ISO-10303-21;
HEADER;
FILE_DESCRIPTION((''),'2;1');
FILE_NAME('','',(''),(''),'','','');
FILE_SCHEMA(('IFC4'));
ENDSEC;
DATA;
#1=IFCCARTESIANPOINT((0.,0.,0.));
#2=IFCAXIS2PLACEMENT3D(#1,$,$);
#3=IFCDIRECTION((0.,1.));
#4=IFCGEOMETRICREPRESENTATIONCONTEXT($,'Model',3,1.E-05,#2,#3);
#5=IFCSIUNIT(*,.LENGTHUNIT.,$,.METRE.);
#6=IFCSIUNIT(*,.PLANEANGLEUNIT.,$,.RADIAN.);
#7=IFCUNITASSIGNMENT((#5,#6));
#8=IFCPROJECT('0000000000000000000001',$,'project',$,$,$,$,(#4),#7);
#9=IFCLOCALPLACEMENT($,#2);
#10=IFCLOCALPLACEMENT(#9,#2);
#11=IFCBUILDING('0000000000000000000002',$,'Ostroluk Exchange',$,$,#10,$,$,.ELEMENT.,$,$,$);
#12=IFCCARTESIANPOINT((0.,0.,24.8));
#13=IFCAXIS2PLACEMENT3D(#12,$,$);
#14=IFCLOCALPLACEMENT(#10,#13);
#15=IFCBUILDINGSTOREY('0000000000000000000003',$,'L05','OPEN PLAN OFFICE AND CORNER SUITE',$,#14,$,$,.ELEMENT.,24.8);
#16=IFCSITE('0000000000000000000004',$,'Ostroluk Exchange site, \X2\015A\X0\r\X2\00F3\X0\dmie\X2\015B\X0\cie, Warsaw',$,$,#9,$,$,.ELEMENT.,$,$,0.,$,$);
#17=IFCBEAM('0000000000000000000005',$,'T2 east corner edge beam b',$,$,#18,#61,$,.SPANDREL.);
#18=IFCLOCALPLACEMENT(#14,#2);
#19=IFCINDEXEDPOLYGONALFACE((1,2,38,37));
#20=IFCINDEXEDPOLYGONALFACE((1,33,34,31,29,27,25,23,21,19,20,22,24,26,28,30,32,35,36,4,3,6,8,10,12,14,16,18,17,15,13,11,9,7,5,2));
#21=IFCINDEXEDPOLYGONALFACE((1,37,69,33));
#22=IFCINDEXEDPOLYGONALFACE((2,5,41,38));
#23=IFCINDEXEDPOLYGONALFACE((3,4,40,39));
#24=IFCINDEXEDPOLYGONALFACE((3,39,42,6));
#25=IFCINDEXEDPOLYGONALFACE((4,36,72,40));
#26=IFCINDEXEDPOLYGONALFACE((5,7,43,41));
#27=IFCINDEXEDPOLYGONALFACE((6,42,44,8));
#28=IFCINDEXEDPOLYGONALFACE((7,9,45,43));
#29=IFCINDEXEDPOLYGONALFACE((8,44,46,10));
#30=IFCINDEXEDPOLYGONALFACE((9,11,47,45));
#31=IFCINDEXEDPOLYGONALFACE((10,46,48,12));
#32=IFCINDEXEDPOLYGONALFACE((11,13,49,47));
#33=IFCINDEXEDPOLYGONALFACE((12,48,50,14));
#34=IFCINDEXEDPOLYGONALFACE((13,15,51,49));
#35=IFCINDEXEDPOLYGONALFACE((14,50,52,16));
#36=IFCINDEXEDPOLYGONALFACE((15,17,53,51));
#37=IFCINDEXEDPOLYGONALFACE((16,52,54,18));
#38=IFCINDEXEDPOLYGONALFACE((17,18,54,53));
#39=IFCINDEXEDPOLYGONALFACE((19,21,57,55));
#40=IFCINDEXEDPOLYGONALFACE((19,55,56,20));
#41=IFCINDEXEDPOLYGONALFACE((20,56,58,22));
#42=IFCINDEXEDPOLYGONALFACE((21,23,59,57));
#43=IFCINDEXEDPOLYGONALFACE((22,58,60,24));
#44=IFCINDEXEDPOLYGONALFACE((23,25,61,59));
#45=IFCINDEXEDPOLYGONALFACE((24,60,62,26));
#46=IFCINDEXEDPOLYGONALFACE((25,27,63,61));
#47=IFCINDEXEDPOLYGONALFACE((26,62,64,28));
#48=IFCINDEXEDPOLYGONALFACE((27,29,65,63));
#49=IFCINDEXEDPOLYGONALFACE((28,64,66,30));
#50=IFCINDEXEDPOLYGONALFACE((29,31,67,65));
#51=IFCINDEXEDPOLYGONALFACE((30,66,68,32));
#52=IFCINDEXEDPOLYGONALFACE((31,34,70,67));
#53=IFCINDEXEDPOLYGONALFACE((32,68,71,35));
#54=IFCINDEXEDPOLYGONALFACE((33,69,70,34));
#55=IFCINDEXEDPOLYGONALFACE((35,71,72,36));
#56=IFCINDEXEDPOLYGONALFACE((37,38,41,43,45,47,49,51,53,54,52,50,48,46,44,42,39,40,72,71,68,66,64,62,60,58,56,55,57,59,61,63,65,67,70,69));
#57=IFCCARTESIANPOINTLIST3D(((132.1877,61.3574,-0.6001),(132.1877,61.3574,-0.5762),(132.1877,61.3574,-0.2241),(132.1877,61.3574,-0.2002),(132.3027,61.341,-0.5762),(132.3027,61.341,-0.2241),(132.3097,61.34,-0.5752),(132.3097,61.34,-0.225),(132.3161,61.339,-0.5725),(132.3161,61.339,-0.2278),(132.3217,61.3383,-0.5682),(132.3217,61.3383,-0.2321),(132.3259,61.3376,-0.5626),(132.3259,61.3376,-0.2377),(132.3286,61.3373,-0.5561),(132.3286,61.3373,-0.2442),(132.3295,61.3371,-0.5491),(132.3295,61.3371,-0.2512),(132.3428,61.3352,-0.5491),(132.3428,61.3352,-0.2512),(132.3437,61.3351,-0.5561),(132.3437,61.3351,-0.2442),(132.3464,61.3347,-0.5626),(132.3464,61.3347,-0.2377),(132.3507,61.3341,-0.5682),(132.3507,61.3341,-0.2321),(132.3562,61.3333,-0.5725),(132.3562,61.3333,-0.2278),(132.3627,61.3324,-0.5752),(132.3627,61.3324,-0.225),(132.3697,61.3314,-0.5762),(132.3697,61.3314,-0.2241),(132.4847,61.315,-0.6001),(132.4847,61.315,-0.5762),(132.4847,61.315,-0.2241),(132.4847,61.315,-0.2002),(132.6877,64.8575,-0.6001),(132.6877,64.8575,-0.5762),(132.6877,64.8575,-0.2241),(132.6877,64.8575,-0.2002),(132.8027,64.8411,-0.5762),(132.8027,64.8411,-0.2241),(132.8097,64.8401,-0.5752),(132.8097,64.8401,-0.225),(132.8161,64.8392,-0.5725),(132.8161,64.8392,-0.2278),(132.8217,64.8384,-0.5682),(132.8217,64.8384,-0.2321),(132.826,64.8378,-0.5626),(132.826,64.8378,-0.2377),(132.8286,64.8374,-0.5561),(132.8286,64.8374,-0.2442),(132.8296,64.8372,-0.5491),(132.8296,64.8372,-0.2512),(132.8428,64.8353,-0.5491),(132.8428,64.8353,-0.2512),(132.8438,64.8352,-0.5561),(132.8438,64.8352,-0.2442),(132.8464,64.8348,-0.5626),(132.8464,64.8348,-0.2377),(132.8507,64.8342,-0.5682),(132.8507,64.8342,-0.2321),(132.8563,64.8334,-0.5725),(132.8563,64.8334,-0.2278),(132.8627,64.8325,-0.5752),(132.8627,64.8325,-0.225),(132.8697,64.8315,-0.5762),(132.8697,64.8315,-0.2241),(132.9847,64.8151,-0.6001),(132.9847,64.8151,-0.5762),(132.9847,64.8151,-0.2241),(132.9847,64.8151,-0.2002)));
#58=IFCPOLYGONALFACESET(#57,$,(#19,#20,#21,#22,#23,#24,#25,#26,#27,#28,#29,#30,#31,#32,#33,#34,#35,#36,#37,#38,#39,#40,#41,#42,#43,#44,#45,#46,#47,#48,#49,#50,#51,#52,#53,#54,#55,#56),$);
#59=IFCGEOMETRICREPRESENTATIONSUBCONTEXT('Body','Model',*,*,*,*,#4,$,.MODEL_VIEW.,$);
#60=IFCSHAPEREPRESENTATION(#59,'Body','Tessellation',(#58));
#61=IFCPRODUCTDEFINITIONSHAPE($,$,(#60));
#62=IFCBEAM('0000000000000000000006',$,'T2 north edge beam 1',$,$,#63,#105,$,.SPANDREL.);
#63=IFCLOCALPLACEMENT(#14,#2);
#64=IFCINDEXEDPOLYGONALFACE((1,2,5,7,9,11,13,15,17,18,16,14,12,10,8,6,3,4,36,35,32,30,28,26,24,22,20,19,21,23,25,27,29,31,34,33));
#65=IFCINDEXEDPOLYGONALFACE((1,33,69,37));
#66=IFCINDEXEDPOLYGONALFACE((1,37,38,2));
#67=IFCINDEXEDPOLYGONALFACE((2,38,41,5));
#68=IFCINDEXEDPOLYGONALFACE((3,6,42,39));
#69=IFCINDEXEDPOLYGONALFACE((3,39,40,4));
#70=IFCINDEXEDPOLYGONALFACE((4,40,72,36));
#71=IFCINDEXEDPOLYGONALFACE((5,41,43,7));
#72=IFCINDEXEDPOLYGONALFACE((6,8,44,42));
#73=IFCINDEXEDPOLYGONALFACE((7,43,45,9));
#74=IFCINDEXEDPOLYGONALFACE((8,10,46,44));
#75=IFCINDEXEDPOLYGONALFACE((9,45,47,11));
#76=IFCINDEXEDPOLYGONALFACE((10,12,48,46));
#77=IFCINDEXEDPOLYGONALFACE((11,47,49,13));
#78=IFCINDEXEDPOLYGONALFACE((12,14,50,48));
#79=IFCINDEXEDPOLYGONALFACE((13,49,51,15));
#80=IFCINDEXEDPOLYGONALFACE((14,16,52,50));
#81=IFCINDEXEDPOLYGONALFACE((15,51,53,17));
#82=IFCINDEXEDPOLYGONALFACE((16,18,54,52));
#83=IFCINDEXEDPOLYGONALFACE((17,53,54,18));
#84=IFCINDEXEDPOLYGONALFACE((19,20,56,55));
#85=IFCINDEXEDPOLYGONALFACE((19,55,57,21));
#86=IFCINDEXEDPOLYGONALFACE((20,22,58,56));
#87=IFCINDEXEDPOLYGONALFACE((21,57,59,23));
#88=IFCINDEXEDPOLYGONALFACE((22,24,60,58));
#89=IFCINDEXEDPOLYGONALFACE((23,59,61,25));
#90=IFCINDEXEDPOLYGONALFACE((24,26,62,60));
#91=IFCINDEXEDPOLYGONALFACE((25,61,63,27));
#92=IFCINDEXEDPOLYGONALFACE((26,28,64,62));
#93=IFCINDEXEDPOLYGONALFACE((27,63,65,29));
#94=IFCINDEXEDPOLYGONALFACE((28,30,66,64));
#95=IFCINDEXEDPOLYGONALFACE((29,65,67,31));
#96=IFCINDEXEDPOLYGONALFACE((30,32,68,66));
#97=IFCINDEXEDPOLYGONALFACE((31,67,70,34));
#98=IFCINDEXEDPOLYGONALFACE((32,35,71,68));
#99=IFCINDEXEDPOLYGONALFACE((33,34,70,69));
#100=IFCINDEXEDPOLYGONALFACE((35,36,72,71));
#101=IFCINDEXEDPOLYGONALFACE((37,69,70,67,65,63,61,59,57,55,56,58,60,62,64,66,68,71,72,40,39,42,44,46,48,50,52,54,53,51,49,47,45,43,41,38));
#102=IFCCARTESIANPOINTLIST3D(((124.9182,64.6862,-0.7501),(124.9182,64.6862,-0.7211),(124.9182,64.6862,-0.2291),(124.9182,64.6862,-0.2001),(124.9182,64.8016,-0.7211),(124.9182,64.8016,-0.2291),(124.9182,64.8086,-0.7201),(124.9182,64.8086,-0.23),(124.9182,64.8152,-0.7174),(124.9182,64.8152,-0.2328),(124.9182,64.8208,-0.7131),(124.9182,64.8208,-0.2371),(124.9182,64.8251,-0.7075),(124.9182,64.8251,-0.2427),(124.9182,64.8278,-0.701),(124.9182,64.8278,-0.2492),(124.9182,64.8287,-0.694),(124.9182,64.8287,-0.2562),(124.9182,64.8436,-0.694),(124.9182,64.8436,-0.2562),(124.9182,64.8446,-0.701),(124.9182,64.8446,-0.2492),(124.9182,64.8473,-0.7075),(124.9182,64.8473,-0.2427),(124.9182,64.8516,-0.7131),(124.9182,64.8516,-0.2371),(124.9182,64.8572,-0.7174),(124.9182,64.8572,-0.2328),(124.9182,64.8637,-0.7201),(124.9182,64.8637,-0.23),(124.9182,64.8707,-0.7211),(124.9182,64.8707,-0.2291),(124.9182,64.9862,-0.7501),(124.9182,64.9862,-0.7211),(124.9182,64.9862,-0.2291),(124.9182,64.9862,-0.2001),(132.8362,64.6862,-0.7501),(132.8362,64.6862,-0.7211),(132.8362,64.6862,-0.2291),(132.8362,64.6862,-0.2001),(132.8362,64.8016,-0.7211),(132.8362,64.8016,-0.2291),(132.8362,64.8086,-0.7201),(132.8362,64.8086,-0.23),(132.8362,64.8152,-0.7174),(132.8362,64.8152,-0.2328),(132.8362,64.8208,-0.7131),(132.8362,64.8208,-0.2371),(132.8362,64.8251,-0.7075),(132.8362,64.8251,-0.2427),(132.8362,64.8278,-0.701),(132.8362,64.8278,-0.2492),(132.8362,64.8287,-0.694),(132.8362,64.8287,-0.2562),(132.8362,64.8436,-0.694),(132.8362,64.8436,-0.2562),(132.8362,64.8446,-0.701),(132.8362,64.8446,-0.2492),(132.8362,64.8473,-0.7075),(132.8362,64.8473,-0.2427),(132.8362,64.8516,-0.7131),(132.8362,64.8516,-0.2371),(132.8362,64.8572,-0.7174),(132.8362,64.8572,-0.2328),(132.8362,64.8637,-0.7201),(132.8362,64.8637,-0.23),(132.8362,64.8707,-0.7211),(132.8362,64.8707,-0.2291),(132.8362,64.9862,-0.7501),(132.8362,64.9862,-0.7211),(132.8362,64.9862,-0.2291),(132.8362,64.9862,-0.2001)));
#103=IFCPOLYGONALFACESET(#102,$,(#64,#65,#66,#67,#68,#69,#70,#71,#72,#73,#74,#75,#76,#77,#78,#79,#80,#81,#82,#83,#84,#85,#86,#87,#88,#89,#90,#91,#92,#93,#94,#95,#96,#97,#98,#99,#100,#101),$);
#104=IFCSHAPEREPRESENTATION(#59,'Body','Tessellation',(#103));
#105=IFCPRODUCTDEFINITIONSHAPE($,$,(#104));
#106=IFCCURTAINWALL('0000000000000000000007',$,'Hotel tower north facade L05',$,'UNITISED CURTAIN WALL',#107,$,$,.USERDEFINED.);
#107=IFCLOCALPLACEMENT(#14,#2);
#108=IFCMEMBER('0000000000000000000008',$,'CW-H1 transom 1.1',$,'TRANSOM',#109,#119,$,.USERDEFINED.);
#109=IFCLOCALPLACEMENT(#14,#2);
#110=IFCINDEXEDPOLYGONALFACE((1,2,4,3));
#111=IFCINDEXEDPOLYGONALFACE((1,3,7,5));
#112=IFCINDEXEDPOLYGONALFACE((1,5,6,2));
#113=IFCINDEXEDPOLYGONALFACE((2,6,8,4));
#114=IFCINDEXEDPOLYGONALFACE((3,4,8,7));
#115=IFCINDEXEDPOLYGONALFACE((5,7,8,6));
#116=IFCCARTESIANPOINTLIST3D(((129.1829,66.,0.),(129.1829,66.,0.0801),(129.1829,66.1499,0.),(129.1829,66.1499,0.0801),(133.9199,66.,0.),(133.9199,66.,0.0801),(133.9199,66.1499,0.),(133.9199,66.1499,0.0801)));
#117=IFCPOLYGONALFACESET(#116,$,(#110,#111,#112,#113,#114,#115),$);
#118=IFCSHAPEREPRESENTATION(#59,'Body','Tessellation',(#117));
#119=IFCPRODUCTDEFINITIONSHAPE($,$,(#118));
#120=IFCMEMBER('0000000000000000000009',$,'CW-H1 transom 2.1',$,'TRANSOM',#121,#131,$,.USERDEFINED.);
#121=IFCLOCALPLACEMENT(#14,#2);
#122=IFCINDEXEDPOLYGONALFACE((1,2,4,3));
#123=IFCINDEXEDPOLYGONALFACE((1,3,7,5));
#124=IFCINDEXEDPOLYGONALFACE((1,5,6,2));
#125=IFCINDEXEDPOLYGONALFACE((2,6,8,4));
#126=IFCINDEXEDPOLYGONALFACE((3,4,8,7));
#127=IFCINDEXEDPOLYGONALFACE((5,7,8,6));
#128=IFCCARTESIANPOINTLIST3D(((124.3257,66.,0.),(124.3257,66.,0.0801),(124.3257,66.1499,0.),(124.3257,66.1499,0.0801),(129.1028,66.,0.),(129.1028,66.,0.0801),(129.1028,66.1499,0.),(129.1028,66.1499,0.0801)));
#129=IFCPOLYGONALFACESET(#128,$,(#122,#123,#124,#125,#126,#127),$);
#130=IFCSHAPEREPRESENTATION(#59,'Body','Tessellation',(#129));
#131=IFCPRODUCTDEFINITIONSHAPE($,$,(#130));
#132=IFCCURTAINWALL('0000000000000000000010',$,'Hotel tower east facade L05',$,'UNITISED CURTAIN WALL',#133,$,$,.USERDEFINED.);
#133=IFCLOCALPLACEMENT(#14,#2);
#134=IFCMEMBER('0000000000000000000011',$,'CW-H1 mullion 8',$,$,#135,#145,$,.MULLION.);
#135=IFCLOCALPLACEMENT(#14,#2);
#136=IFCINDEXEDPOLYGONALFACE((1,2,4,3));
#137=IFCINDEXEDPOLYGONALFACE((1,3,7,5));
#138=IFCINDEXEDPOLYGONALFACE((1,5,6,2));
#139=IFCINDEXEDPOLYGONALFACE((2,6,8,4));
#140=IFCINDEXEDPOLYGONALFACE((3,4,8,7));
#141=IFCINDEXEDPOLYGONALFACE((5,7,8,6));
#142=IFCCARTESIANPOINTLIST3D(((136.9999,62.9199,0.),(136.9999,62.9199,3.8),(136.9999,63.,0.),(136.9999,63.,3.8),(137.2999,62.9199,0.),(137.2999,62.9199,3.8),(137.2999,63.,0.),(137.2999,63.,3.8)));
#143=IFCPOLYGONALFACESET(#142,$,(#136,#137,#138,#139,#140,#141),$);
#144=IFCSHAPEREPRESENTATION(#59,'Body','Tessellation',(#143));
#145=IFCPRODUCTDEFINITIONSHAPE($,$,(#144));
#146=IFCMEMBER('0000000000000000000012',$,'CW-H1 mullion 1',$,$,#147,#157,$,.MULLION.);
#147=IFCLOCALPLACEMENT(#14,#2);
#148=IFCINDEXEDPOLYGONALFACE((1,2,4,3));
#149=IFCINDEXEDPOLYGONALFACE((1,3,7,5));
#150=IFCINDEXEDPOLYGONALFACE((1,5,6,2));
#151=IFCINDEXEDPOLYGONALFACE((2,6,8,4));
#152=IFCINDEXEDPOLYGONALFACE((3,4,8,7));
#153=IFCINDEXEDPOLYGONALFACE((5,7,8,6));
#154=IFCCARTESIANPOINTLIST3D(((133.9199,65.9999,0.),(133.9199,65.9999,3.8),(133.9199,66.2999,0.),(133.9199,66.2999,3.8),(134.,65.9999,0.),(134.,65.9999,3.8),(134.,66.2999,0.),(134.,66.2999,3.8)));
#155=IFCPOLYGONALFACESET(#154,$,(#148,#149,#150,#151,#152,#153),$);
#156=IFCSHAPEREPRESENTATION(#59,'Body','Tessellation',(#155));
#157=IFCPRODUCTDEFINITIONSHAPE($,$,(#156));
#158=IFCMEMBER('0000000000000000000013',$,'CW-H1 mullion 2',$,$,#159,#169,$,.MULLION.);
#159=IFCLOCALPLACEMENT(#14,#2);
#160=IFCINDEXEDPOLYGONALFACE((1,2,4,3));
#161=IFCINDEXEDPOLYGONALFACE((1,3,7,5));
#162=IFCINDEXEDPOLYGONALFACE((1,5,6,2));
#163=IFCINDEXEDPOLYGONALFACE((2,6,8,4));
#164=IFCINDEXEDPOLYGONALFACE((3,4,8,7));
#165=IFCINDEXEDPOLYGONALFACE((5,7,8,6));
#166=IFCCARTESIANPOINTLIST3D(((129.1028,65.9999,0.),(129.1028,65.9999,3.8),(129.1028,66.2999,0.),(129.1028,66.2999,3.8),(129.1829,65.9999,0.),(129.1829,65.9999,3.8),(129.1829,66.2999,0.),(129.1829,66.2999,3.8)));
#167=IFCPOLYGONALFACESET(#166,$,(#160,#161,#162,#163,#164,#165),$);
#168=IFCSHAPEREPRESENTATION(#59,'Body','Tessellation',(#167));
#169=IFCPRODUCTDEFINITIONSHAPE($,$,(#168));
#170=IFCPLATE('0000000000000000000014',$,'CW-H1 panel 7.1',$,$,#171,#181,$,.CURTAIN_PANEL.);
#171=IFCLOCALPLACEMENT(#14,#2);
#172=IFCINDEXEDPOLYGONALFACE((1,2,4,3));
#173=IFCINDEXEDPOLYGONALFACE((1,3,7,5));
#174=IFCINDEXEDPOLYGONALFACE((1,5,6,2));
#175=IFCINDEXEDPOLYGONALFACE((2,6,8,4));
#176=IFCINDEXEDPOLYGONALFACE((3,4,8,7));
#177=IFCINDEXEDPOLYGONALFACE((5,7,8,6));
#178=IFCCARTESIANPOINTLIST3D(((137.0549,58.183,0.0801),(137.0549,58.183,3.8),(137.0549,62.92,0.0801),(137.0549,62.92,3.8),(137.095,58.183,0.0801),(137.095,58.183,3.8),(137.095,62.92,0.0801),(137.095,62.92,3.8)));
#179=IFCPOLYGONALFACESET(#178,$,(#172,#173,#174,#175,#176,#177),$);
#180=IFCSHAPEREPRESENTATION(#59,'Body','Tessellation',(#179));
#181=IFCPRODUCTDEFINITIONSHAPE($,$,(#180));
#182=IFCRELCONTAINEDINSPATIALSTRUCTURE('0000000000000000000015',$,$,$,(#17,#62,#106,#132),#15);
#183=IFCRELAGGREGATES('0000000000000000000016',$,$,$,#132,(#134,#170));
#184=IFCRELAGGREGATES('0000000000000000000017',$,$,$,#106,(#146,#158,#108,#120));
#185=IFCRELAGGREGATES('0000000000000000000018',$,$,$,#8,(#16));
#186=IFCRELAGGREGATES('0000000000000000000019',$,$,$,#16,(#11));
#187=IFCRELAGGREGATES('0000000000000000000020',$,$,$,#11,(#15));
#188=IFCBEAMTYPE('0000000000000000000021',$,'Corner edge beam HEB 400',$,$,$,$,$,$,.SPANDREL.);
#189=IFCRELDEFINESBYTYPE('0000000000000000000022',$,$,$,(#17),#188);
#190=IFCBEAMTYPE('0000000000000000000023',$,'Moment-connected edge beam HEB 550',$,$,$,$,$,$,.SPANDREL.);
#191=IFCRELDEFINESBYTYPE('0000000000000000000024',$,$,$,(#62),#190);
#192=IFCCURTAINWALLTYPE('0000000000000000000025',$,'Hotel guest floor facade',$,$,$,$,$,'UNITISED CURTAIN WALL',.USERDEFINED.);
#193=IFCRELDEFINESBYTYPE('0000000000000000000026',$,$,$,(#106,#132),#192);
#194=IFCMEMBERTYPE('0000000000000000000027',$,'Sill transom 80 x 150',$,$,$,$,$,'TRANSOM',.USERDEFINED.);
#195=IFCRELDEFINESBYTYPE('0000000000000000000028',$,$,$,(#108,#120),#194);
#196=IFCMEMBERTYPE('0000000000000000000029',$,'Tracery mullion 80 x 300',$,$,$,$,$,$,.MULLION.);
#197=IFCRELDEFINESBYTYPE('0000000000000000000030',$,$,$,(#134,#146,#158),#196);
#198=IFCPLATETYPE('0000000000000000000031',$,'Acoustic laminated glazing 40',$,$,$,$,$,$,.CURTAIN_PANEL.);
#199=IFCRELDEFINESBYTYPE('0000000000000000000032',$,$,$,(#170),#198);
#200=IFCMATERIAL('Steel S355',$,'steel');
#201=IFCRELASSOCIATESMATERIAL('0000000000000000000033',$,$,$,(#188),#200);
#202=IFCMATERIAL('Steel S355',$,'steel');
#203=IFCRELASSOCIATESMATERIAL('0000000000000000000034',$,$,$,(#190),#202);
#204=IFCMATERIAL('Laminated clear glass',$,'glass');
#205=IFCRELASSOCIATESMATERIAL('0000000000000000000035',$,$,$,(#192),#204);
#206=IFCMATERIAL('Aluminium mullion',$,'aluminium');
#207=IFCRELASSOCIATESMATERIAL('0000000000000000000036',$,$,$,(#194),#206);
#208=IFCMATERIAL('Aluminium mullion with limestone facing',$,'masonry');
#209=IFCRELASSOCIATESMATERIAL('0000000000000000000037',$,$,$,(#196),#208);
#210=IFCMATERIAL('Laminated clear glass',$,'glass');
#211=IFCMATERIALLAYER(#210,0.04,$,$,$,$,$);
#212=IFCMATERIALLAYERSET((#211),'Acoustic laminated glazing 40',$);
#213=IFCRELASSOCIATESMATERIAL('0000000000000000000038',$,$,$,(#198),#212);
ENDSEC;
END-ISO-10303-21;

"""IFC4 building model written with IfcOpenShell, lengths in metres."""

from ifc_helpers import new_model, si_unit, direction, frame, origin, origin_2d, place, context, subcontext, project, spatial, rectangle, i_section, extrude, material, layer, layer_set, material_profile, profile_set, type_object, element, aggregate, save


model = new_model("IFC4")

# Units and contexts
model_context = context("Model", 3, precision=1e-05, world=origin(), true_north=direction((0.0, 1.0)))
body_context = subcontext(model_context, "Body", "Model", "MODEL_VIEW")
ifc_project = project(units=[si_unit("LENGTHUNIT", "METRE"), si_unit("PLANEANGLEUNIT", "RADIAN")], contexts=[model_context])

# Site, building, storey
site_placement = place(None, origin())
site = spatial("IfcSite", under=ifc_project, at=site_placement, Name="Ostroluk Exchange site, Śródmieście, Warsaw", CompositionType="ELEMENT", RefElevation=0.0)
building_placement = place(site_placement, origin())
building = spatial("IfcBuilding", under=site, at=building_placement, Name="Ostroluk Exchange", CompositionType="ELEMENT")
storey_placement = place(building_placement, frame((0.0, 0.0, 24.8)))
storey = spatial("IfcBuildingStorey", under=building, at=storey_placement, Name="L05", Description="OPEN PLAN OFFICE AND CORNER SUITE", CompositionType="ELEMENT", Elevation=24.8)

# Beams
ifc_material_1 = material(Name="Steel S355", Category="steel")
ifc_material_profile_1 = material_profile(ifc_material_1, i_section(OverallWidth=0.3, OverallDepth=0.3999, WebThickness=0.0134, FlangeThickness=0.0239, FilletRadius=0.0271, at=origin_2d()), Name="HEB 400")
ifc_profile_set_1 = profile_set([ifc_material_profile_1], Name="Steel S355")
beam_type_1 = type_object("IfcBeamType", Name="Corner edge beam HEB 400", PredefinedType="SPANDREL", material=ifc_profile_set_1)
for number, where, z_axis, x_axis, name in (
    (1, (132.3362, 61.3362, -0.4001), (0.141421, 0.989949, 0.0), (-0.989949, 0.141421, 0.0), "T2 east corner edge beam b"),
):
    element("IfcBeam", number, at=place(storey_placement, frame(where, z_axis=z_axis, x_axis=x_axis)), inside=storey, type_object=beam_type_1, Name=name, PredefinedType="SPANDREL", context=body_context, shape_type="SweptSolid", body=[
        extrude(i_section(OverallWidth=0.3, OverallDepth=0.3999, WebThickness=0.0134, FlangeThickness=0.0239, FilletRadius=0.0271, at=origin_2d()), origin(), (0.0, 0.0, 1.0), 3.5356),
    ])
ifc_material_2 = material(Name="Steel S355", Category="steel")
ifc_material_profile_2 = material_profile(ifc_material_2, i_section(OverallWidth=0.3, OverallDepth=0.55, WebThickness=0.0149, FlangeThickness=0.0291, FilletRadius=0.0271, at=origin_2d()), Name="HEB 550")
ifc_profile_set_2 = profile_set([ifc_material_profile_2], Name="Steel S355")
beam_type_2 = type_object("IfcBeamType", Name="Moment-connected edge beam HEB 550", PredefinedType="SPANDREL", material=ifc_profile_set_2)
beam_1_placement = place(storey_placement, frame((132.8362, 64.8362, -0.4751), z_axis=(-1.0, 0.0, 0.0), x_axis=(0.0, -1.0, 0.0)))
element("IfcBeam", 2, at=beam_1_placement, inside=storey, type_object=beam_type_2, Name="T2 north edge beam 1", PredefinedType="SPANDREL", context=body_context, shape_type="SweptSolid", body=[
    extrude(i_section(OverallWidth=0.3, OverallDepth=0.55, WebThickness=0.0149, FlangeThickness=0.0291, FilletRadius=0.0271, at=origin_2d()), origin(), (0.0, 0.0, 1.0), 7.918),
])

# Curtain wall, members
ifc_material_3 = material(Name="Laminated clear glass", Category="glass")
curtain_wall_type = type_object("IfcCurtainWallType", Name="Hotel guest floor facade", ElementType="UNITISED CURTAIN WALL", PredefinedType="USERDEFINED", material=ifc_material_3)
curtain_wall_1_placement = place(storey_placement, origin())
curtain_wall_1 = element("IfcCurtainWall", 3, at=curtain_wall_1_placement, inside=storey, type_object=curtain_wall_type, Name="Hotel tower north facade L05", ObjectType="UNITISED CURTAIN WALL", PredefinedType="USERDEFINED")
ifc_material_4 = material(Name="Aluminium mullion", Category="aluminium")
ifc_material_profile_3 = material_profile(ifc_material_4, rectangle(XDim=0.1499, YDim=0.0801, at=origin_2d()), Name="Sill transom 80 x 150")
ifc_profile_set_3 = profile_set([ifc_material_profile_3], Name="Aluminium mullion")
member_type_1 = type_object("IfcMemberType", Name="Sill transom 80 x 150", ElementType="TRANSOM", PredefinedType="USERDEFINED", material=ifc_profile_set_3)
member_1_placement = place(storey_placement, frame((133.9199, 66.075, 0.04), z_axis=(-1.0, 0.0, 0.0), x_axis=(0.0, -1.0, 0.0)))
member_1 = element("IfcMember", 4, at=member_1_placement, type_object=member_type_1, Name="CW-H1 transom 1.1", ObjectType="TRANSOM", PredefinedType="USERDEFINED", context=body_context, shape_type="SweptSolid", body=[
    extrude(rectangle(XDim=0.1499, YDim=0.0801, at=origin_2d()), origin(), (0.0, 0.0, 1.0), 4.7371),
])
member_2_placement = place(storey_placement, frame((129.1028, 66.075, 0.04), z_axis=(-1.0, 0.0, 0.0), x_axis=(0.0, -1.0, 0.0)))
member_2 = element("IfcMember", 5, at=member_2_placement, type_object=member_type_1, Name="CW-H1 transom 2.1", ObjectType="TRANSOM", PredefinedType="USERDEFINED", context=body_context, shape_type="SweptSolid", body=[
    extrude(rectangle(XDim=0.1499, YDim=0.0801, at=origin_2d()), origin(), (0.0, 0.0, 1.0), 4.7771),
])

# Curtain wall, member
curtain_wall_2_placement = place(storey_placement, origin())
curtain_wall_2 = element("IfcCurtainWall", 6, at=curtain_wall_2_placement, inside=storey, type_object=curtain_wall_type, Name="Hotel tower east facade L05", ObjectType="UNITISED CURTAIN WALL", PredefinedType="USERDEFINED")
ifc_material_5 = material(Name="Aluminium mullion with limestone facing", Category="masonry")
ifc_material_profile_4 = material_profile(ifc_material_5, rectangle(XDim=0.3, YDim=0.0801, at=origin_2d()), Name="Tracery mullion 80 x 300")
ifc_profile_set_4 = profile_set([ifc_material_profile_4], Name="Aluminium mullion with limestone facing")
member_type_2 = type_object("IfcMemberType", Name="Tracery mullion 80 x 300", PredefinedType="MULLION", material=ifc_profile_set_4)
member_3_placement = place(storey_placement, frame((137.1499, 62.96, 0.0), z_axis=(0.0, 0.0, 1.0), x_axis=(-1.0, 0.0, 0.0)))
member_3 = element("IfcMember", 7, at=member_3_placement, type_object=member_type_2, Name="CW-H1 mullion 8", PredefinedType="MULLION", context=body_context, shape_type="SweptSolid", body=[
    extrude(rectangle(XDim=0.3, YDim=0.0801, at=origin_2d()), origin(), (0.0, 0.0, 1.0), 3.8),
])

# Members
member_4_placement = place(storey_placement, frame((133.96, 66.1499, 0.0), z_axis=(0.0, 0.0, 1.0), x_axis=(0.0, -1.0, 0.0)))
member_4 = element("IfcMember", 8, at=member_4_placement, type_object=member_type_2, Name="CW-H1 mullion 1", PredefinedType="MULLION", context=body_context, shape_type="SweptSolid", body=[
    extrude(rectangle(XDim=0.3, YDim=0.0801, at=origin_2d()), origin(), (0.0, 0.0, 1.0), 3.8),
])
member_5_placement = place(storey_placement, frame((129.1428, 66.1499, 0.0), z_axis=(0.0, 0.0, 1.0), x_axis=(0.0, -1.0, 0.0)))
member_5 = element("IfcMember", 9, at=member_5_placement, type_object=member_type_2, Name="CW-H1 mullion 2", PredefinedType="MULLION", context=body_context, shape_type="SweptSolid", body=[
    extrude(rectangle(XDim=0.3, YDim=0.0801, at=origin_2d()), origin(), (0.0, 0.0, 1.0), 3.8),
])

# Plate
ifc_material_6 = material(Name="Laminated clear glass", Category="glass")
ifc_layer_1 = layer(ifc_material_6, 0.04)
ifc_layer_set_1 = layer_set([ifc_layer_1], Name="Acoustic laminated glazing 40")
plate_type_1 = type_object("IfcPlateType", Name="Acoustic laminated glazing 40", PredefinedType="CURTAIN_PANEL", material=ifc_layer_set_1)
plate_1_placement = place(storey_placement, frame((137.075, 60.5515, 0.0801), z_axis=(0.0, 0.0, 1.0), x_axis=(0.0, 1.0, 0.0)))
plate_1 = element("IfcPlate", 10, at=plate_1_placement, type_object=plate_type_1, Name="CW-H1 panel 7.1", PredefinedType="CURTAIN_PANEL", context=body_context, shape_type="SweptSolid", body=[
    extrude(rectangle(XDim=4.7371, YDim=0.04, at=origin_2d()), origin(), (0.0, 0.0, 1.0), 3.72),
])
aggregate(curtain_wall_2, [member_3, plate_1])
aggregate(curtain_wall_1, [member_4, member_5, member_1, member_2])

save(model, "model.ifc")
